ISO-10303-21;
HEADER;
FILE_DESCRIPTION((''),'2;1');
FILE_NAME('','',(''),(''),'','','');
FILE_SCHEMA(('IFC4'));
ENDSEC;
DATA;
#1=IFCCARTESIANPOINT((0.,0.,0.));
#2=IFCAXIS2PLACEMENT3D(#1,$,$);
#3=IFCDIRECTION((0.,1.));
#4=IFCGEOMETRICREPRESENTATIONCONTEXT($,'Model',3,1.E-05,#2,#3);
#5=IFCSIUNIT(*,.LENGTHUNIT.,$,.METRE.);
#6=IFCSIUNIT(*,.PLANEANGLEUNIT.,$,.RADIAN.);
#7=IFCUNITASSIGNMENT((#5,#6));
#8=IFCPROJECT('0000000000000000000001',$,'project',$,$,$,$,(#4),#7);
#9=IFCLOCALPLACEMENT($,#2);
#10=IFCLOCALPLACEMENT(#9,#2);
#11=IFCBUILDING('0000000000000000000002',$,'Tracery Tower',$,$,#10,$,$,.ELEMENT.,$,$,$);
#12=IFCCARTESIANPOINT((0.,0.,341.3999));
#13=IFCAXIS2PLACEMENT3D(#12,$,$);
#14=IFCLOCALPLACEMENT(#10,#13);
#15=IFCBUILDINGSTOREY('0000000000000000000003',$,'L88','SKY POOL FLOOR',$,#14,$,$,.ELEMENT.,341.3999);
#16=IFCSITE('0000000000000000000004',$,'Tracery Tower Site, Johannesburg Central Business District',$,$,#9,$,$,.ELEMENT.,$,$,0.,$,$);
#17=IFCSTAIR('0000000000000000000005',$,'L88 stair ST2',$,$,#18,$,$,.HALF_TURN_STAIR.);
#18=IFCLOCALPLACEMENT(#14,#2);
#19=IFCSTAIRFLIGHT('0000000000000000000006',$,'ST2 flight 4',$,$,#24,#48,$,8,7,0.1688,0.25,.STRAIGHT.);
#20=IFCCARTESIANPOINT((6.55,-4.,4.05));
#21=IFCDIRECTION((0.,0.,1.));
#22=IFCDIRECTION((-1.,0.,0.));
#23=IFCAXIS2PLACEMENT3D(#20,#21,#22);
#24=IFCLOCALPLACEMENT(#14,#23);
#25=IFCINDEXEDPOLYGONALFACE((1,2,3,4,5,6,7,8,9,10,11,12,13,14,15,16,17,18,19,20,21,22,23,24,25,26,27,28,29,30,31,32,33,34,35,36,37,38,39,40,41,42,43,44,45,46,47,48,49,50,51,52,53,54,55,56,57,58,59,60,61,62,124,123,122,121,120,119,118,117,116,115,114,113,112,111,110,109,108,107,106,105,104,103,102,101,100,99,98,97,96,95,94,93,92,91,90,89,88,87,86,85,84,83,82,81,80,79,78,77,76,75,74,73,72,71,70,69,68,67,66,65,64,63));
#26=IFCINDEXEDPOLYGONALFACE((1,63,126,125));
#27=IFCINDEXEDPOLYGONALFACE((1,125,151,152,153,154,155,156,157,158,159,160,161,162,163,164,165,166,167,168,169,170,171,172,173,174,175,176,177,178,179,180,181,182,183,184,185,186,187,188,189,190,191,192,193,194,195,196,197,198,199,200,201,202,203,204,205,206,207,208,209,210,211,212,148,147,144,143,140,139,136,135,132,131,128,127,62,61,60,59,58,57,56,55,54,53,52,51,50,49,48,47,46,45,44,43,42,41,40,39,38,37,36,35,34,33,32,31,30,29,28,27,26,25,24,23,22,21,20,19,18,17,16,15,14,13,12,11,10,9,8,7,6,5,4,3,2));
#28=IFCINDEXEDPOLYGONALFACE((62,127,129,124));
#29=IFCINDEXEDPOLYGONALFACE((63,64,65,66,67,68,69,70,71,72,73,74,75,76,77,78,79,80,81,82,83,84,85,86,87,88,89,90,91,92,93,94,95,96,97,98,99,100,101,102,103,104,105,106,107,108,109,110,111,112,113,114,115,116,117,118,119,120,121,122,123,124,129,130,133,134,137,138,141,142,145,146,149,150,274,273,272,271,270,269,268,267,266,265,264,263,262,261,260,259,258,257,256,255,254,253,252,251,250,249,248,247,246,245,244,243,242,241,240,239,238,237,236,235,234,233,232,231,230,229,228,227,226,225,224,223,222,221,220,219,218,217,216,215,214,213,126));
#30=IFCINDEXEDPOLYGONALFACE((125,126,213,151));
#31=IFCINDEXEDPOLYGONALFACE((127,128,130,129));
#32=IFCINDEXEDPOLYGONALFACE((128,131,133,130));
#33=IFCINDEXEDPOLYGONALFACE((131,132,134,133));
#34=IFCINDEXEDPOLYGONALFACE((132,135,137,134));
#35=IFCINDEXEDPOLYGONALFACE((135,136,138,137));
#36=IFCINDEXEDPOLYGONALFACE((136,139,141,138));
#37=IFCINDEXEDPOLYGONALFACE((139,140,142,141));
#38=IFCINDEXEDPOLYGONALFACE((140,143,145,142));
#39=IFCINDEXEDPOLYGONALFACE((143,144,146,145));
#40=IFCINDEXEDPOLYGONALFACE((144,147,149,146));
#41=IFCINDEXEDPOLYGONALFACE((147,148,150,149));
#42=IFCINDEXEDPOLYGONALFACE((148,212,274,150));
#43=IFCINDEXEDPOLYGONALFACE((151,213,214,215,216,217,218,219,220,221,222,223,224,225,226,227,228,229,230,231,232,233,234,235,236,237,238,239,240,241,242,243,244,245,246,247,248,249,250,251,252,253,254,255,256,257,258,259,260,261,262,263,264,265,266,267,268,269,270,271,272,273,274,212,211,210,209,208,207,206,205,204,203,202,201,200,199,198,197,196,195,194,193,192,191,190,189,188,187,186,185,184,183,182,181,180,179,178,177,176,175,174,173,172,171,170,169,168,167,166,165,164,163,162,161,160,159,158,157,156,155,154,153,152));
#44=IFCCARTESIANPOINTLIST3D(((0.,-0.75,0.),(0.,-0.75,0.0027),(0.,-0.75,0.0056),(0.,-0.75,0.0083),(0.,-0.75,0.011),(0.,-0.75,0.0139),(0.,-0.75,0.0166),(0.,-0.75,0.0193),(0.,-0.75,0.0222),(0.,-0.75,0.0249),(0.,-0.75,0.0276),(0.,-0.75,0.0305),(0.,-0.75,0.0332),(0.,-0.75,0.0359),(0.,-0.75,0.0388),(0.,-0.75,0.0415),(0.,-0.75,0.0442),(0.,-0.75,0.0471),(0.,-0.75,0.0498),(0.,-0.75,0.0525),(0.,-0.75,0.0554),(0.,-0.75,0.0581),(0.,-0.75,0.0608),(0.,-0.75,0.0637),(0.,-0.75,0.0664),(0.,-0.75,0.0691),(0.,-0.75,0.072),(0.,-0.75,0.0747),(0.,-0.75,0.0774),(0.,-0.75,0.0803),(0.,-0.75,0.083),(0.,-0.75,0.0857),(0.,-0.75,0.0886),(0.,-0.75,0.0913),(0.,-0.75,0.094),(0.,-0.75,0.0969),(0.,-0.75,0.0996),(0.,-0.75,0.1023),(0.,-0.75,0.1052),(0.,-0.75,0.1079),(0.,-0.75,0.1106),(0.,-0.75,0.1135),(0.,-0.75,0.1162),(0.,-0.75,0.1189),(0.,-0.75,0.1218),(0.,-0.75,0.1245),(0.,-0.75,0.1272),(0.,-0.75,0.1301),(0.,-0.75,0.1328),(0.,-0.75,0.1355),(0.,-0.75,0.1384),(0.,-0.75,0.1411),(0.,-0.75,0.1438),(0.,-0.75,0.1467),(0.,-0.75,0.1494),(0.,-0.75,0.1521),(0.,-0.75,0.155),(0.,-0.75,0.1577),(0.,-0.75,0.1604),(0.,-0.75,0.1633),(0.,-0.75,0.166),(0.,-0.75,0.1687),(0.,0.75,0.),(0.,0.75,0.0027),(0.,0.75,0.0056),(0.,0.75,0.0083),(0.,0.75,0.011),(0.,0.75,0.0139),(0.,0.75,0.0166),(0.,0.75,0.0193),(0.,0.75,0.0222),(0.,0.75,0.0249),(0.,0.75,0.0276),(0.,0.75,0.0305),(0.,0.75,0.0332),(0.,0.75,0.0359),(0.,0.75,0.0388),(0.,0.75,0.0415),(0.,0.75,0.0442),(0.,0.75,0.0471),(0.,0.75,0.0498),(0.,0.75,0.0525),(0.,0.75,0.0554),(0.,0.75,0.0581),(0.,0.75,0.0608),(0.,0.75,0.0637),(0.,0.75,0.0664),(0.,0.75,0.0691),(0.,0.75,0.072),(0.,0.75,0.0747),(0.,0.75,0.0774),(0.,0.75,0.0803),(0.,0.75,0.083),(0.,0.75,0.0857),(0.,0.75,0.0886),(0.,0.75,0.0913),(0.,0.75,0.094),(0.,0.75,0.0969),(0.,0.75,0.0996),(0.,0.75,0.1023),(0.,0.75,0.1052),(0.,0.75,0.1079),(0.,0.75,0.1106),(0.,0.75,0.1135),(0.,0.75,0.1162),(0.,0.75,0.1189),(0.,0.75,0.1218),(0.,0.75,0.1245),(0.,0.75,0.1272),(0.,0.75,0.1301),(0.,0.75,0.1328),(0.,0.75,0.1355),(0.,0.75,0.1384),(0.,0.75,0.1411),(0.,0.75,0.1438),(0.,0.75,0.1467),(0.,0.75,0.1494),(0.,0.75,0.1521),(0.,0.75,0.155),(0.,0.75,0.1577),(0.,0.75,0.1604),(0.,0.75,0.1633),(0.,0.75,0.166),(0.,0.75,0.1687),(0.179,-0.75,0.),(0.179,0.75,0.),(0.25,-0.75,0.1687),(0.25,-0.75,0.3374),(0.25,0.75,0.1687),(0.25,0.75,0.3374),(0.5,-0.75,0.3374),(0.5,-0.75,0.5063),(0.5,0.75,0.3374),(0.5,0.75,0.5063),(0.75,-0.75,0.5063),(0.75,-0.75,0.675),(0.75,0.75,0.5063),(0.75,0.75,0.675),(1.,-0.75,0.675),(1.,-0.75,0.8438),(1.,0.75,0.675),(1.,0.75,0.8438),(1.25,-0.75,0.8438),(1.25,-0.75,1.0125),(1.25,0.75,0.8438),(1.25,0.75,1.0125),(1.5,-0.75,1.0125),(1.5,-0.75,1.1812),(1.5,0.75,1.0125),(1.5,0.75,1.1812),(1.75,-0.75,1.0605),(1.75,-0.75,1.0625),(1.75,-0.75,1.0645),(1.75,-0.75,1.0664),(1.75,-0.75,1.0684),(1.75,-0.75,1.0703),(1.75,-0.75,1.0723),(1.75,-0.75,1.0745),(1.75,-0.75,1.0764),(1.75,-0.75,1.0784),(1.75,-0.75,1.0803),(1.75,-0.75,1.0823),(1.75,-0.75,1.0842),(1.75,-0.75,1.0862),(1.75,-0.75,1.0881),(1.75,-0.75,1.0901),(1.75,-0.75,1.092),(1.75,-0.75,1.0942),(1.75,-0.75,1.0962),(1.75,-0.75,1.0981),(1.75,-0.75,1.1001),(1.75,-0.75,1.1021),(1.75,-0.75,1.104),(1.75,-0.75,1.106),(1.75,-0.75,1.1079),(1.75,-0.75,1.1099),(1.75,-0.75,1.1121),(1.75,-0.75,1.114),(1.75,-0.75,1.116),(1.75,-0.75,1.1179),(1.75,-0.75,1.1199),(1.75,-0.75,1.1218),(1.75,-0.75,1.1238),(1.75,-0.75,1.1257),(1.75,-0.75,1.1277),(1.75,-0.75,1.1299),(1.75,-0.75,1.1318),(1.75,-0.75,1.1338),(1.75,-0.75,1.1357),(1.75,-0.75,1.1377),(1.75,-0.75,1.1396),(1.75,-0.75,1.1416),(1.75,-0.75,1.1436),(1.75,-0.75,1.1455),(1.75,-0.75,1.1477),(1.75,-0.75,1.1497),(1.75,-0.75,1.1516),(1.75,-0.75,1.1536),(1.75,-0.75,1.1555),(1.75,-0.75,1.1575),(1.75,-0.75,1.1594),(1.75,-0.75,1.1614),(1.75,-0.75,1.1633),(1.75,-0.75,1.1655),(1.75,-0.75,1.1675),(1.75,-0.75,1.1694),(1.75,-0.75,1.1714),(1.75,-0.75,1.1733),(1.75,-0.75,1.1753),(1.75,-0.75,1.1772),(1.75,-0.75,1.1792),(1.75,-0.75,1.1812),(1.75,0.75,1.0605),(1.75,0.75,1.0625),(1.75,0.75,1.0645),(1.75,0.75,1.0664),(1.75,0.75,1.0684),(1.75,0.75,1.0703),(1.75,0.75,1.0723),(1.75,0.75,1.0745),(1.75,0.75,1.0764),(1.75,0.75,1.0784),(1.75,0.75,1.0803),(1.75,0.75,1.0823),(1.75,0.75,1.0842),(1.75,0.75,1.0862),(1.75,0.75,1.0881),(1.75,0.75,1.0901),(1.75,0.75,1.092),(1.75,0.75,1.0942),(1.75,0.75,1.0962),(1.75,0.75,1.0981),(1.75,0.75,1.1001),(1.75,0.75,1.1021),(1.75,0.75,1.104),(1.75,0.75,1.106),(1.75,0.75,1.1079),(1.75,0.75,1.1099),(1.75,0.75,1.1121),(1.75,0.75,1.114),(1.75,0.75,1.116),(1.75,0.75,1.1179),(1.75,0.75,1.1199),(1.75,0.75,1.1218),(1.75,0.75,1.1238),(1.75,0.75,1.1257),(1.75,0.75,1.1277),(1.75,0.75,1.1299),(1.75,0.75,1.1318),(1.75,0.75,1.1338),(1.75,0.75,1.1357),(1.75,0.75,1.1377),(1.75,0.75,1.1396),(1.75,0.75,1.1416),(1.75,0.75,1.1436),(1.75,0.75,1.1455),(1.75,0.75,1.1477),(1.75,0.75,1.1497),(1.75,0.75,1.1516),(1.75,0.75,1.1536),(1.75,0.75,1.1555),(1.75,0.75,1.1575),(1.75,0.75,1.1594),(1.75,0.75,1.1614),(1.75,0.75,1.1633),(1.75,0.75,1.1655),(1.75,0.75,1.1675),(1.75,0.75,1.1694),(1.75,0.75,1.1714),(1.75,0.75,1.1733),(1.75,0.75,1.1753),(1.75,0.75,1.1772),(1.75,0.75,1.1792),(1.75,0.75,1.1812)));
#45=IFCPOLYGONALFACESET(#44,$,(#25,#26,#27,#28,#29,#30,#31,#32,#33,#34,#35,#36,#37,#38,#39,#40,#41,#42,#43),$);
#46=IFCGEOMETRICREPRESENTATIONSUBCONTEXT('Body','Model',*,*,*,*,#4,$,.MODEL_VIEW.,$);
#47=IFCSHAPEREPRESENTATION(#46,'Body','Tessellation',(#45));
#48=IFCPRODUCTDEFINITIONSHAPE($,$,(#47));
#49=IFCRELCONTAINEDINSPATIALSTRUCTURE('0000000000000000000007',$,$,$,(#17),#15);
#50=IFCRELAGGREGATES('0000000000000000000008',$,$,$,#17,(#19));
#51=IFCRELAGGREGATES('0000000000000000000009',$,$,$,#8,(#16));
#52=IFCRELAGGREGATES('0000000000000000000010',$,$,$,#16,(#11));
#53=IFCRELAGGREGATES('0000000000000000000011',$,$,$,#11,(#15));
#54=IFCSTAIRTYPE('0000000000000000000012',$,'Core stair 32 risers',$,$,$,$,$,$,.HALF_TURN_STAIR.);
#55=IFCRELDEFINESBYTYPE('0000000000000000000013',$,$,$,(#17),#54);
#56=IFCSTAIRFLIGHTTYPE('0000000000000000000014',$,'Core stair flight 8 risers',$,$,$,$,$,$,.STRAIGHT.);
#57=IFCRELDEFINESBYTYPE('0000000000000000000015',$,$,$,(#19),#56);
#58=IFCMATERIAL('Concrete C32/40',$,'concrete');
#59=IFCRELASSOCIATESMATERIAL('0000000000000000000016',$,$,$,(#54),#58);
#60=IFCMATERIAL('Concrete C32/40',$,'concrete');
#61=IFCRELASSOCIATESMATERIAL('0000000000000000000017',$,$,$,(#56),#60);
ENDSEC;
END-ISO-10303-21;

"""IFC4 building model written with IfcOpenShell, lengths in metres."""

from ifc_helpers import new_model, si_unit, direction, frame, origin, place, context, subcontext, project, spatial, polyline, outline, extrude, material, type_object, element, aggregate, save


model = new_model("IFC4")

# Units and contexts
model_context = context("Model", 3, precision=1e-05, world=origin(), true_north=direction((0.0, 1.0)))
body_context = subcontext(model_context, "Body", "Model", "MODEL_VIEW")
ifc_project = project(units=[si_unit("LENGTHUNIT", "METRE"), si_unit("PLANEANGLEUNIT", "RADIAN")], contexts=[model_context])

# Site, building, storey
site_placement = place(None, origin())
site = spatial("IfcSite", under=ifc_project, at=site_placement, Name="Tracery Tower Site, Johannesburg Central Business District", CompositionType="ELEMENT", RefElevation=0.0)
building_placement = place(site_placement, origin())
building = spatial("IfcBuilding", under=site, at=building_placement, Name="Tracery Tower", CompositionType="ELEMENT")
storey_placement = place(building_placement, frame((0.0, 0.0, 341.3999)))
storey = spatial("IfcBuildingStorey", under=building, at=storey_placement, Name="L88", Description="SKY POOL FLOOR", CompositionType="ELEMENT", Elevation=341.3999)

# Stair, stair flight
ifc_material_1 = material(Name="Concrete C32/40", Category="concrete")
stair_type = type_object("IfcStairType", Name="Core stair 32 risers", PredefinedType="HALF_TURN_STAIR", material=ifc_material_1)
stair_placement = place(storey_placement, origin())
stair = element("IfcStair", 1, at=stair_placement, inside=storey, type_object=stair_type, Name="L88 stair ST2", PredefinedType="HALF_TURN_STAIR")
ifc_material_2 = material(Name="Concrete C32/40", Category="concrete")
stair_flight_type = type_object("IfcStairFlightType", Name="Core stair flight 8 risers", PredefinedType="STRAIGHT", material=ifc_material_2)
stair_flight_1_placement = place(storey_placement, frame((6.55, -4.0, 4.05), z_axis=(0.0, 0.0, 1.0), x_axis=(-1.0, 0.0, 0.0)))
stair_flight_1 = element("IfcStairFlight", 2, at=stair_flight_1_placement, type_object=stair_flight_type, Name="ST2 flight 4", NumberOfRisers=8, NumberOfTreads=7, PredefinedType="STRAIGHT", RiserHeight=0.1688, TreadLength=0.25, context=body_context, shape_type="SweptSolid", body=[
    extrude(outline(polyline([(0.0, 0.0), (0.0, 0.0027), (0.0, 0.0056), (0.0, 0.0083), (0.0, 0.011), (0.0, 0.0139), (0.0, 0.0166), (0.0, 0.0193), (0.0, 0.0222), (0.0, 0.0249), (0.0, 0.0276), (0.0, 0.0305), (0.0, 0.0332), (0.0, 0.0359), (0.0, 0.0388), (0.0, 0.0415), (0.0, 0.0442), (0.0, 0.0471), (0.0, 0.0498), (0.0, 0.0525), (0.0, 0.0554), (0.0, 0.0581), (0.0, 0.0608), (0.0, 0.0637), (0.0, 0.0664), (0.0, 0.0691), (0.0, 0.072), (0.0, 0.0747), (0.0, 0.0774), (0.0, 0.0803), (0.0, 0.083), (0.0, 0.0857), (0.0, 0.0886), (0.0, 0.0913), (0.0, 0.094), (0.0, 0.0969), (0.0, 0.0996), (0.0, 0.1023), (0.0, 0.1052), (0.0, 0.1079), (0.0, 0.1106), (0.0, 0.1135), (0.0, 0.1162), (0.0, 0.1189), (0.0, 0.1218), (0.0, 0.1245), (0.0, 0.1272), (0.0, 0.1301), (0.0, 0.1328), (0.0, 0.1355), (0.0, 0.1384), (0.0, 0.1411), (0.0, 0.1438), (0.0, 0.1467), (0.0, 0.1494), (0.0, 0.1521), (0.0, 0.155), (0.0, 0.1577), (0.0, 0.1604), (0.0, 0.1633), (0.0, 0.166), (0.0, 0.1687), (0.25, 0.1687), (0.25, 0.3374), (0.5, 0.3374), (0.5, 0.5063), (0.75, 0.5063), (0.75, 0.675), (1.0, 0.675), (1.0, 0.8438), (1.25, 0.8438), (1.25, 1.0125), (1.5, 1.0125), (1.5, 1.1812), (1.75, 1.1812), (1.75, 1.1792), (1.75, 1.1772), (1.75, 1.1753), (1.75, 1.1733), (1.75, 1.1714), (1.75, 1.1694), (1.75, 1.1675), (1.75, 1.1655), (1.75, 1.1633), (1.75, 1.1614), (1.75, 1.1594), (1.75, 1.1575), (1.75, 1.1555), (1.75, 1.1536), (1.75, 1.1516), (1.75, 1.1497), (1.75, 1.1477), (1.75, 1.1455), (1.75, 1.1436), (1.75, 1.1416), (1.75, 1.1396), (1.75, 1.1377), (1.75, 1.1357), (1.75, 1.1338), (1.75, 1.1318), (1.75, 1.1299), (1.75, 1.1277), (1.75, 1.1257), (1.75, 1.1238), (1.75, 1.1218), (1.75, 1.1199), (1.75, 1.1179), (1.75, 1.116), (1.75, 1.114), (1.75, 1.1121), (1.75, 1.1099), (1.75, 1.1079), (1.75, 1.106), (1.75, 1.104), (1.75, 1.1021), (1.75, 1.1001), (1.75, 1.0981), (1.75, 1.0962), (1.75, 1.0942), (1.75, 1.092), (1.75, 1.0901), (1.75, 1.0881), (1.75, 1.0862), (1.75, 1.0842), (1.75, 1.0823), (1.75, 1.0803), (1.75, 1.0784), (1.75, 1.0764), (1.75, 1.0745), (1.75, 1.0723), (1.75, 1.0703), (1.75, 1.0684), (1.75, 1.0664), (1.75, 1.0645), (1.75, 1.0625), (1.75, 1.0605), (0.179, 0.0), (0.0, 0.0)])), frame((0.0, 0.75, 0.0), z_axis=(0.0, -1.0, 0.0), x_axis=(1.0, 0.0, 0.0)), (0.0, 0.0, 1.0), 1.5),
])
aggregate(stair, [stair_flight_1])

save(model, "model.ifc")
